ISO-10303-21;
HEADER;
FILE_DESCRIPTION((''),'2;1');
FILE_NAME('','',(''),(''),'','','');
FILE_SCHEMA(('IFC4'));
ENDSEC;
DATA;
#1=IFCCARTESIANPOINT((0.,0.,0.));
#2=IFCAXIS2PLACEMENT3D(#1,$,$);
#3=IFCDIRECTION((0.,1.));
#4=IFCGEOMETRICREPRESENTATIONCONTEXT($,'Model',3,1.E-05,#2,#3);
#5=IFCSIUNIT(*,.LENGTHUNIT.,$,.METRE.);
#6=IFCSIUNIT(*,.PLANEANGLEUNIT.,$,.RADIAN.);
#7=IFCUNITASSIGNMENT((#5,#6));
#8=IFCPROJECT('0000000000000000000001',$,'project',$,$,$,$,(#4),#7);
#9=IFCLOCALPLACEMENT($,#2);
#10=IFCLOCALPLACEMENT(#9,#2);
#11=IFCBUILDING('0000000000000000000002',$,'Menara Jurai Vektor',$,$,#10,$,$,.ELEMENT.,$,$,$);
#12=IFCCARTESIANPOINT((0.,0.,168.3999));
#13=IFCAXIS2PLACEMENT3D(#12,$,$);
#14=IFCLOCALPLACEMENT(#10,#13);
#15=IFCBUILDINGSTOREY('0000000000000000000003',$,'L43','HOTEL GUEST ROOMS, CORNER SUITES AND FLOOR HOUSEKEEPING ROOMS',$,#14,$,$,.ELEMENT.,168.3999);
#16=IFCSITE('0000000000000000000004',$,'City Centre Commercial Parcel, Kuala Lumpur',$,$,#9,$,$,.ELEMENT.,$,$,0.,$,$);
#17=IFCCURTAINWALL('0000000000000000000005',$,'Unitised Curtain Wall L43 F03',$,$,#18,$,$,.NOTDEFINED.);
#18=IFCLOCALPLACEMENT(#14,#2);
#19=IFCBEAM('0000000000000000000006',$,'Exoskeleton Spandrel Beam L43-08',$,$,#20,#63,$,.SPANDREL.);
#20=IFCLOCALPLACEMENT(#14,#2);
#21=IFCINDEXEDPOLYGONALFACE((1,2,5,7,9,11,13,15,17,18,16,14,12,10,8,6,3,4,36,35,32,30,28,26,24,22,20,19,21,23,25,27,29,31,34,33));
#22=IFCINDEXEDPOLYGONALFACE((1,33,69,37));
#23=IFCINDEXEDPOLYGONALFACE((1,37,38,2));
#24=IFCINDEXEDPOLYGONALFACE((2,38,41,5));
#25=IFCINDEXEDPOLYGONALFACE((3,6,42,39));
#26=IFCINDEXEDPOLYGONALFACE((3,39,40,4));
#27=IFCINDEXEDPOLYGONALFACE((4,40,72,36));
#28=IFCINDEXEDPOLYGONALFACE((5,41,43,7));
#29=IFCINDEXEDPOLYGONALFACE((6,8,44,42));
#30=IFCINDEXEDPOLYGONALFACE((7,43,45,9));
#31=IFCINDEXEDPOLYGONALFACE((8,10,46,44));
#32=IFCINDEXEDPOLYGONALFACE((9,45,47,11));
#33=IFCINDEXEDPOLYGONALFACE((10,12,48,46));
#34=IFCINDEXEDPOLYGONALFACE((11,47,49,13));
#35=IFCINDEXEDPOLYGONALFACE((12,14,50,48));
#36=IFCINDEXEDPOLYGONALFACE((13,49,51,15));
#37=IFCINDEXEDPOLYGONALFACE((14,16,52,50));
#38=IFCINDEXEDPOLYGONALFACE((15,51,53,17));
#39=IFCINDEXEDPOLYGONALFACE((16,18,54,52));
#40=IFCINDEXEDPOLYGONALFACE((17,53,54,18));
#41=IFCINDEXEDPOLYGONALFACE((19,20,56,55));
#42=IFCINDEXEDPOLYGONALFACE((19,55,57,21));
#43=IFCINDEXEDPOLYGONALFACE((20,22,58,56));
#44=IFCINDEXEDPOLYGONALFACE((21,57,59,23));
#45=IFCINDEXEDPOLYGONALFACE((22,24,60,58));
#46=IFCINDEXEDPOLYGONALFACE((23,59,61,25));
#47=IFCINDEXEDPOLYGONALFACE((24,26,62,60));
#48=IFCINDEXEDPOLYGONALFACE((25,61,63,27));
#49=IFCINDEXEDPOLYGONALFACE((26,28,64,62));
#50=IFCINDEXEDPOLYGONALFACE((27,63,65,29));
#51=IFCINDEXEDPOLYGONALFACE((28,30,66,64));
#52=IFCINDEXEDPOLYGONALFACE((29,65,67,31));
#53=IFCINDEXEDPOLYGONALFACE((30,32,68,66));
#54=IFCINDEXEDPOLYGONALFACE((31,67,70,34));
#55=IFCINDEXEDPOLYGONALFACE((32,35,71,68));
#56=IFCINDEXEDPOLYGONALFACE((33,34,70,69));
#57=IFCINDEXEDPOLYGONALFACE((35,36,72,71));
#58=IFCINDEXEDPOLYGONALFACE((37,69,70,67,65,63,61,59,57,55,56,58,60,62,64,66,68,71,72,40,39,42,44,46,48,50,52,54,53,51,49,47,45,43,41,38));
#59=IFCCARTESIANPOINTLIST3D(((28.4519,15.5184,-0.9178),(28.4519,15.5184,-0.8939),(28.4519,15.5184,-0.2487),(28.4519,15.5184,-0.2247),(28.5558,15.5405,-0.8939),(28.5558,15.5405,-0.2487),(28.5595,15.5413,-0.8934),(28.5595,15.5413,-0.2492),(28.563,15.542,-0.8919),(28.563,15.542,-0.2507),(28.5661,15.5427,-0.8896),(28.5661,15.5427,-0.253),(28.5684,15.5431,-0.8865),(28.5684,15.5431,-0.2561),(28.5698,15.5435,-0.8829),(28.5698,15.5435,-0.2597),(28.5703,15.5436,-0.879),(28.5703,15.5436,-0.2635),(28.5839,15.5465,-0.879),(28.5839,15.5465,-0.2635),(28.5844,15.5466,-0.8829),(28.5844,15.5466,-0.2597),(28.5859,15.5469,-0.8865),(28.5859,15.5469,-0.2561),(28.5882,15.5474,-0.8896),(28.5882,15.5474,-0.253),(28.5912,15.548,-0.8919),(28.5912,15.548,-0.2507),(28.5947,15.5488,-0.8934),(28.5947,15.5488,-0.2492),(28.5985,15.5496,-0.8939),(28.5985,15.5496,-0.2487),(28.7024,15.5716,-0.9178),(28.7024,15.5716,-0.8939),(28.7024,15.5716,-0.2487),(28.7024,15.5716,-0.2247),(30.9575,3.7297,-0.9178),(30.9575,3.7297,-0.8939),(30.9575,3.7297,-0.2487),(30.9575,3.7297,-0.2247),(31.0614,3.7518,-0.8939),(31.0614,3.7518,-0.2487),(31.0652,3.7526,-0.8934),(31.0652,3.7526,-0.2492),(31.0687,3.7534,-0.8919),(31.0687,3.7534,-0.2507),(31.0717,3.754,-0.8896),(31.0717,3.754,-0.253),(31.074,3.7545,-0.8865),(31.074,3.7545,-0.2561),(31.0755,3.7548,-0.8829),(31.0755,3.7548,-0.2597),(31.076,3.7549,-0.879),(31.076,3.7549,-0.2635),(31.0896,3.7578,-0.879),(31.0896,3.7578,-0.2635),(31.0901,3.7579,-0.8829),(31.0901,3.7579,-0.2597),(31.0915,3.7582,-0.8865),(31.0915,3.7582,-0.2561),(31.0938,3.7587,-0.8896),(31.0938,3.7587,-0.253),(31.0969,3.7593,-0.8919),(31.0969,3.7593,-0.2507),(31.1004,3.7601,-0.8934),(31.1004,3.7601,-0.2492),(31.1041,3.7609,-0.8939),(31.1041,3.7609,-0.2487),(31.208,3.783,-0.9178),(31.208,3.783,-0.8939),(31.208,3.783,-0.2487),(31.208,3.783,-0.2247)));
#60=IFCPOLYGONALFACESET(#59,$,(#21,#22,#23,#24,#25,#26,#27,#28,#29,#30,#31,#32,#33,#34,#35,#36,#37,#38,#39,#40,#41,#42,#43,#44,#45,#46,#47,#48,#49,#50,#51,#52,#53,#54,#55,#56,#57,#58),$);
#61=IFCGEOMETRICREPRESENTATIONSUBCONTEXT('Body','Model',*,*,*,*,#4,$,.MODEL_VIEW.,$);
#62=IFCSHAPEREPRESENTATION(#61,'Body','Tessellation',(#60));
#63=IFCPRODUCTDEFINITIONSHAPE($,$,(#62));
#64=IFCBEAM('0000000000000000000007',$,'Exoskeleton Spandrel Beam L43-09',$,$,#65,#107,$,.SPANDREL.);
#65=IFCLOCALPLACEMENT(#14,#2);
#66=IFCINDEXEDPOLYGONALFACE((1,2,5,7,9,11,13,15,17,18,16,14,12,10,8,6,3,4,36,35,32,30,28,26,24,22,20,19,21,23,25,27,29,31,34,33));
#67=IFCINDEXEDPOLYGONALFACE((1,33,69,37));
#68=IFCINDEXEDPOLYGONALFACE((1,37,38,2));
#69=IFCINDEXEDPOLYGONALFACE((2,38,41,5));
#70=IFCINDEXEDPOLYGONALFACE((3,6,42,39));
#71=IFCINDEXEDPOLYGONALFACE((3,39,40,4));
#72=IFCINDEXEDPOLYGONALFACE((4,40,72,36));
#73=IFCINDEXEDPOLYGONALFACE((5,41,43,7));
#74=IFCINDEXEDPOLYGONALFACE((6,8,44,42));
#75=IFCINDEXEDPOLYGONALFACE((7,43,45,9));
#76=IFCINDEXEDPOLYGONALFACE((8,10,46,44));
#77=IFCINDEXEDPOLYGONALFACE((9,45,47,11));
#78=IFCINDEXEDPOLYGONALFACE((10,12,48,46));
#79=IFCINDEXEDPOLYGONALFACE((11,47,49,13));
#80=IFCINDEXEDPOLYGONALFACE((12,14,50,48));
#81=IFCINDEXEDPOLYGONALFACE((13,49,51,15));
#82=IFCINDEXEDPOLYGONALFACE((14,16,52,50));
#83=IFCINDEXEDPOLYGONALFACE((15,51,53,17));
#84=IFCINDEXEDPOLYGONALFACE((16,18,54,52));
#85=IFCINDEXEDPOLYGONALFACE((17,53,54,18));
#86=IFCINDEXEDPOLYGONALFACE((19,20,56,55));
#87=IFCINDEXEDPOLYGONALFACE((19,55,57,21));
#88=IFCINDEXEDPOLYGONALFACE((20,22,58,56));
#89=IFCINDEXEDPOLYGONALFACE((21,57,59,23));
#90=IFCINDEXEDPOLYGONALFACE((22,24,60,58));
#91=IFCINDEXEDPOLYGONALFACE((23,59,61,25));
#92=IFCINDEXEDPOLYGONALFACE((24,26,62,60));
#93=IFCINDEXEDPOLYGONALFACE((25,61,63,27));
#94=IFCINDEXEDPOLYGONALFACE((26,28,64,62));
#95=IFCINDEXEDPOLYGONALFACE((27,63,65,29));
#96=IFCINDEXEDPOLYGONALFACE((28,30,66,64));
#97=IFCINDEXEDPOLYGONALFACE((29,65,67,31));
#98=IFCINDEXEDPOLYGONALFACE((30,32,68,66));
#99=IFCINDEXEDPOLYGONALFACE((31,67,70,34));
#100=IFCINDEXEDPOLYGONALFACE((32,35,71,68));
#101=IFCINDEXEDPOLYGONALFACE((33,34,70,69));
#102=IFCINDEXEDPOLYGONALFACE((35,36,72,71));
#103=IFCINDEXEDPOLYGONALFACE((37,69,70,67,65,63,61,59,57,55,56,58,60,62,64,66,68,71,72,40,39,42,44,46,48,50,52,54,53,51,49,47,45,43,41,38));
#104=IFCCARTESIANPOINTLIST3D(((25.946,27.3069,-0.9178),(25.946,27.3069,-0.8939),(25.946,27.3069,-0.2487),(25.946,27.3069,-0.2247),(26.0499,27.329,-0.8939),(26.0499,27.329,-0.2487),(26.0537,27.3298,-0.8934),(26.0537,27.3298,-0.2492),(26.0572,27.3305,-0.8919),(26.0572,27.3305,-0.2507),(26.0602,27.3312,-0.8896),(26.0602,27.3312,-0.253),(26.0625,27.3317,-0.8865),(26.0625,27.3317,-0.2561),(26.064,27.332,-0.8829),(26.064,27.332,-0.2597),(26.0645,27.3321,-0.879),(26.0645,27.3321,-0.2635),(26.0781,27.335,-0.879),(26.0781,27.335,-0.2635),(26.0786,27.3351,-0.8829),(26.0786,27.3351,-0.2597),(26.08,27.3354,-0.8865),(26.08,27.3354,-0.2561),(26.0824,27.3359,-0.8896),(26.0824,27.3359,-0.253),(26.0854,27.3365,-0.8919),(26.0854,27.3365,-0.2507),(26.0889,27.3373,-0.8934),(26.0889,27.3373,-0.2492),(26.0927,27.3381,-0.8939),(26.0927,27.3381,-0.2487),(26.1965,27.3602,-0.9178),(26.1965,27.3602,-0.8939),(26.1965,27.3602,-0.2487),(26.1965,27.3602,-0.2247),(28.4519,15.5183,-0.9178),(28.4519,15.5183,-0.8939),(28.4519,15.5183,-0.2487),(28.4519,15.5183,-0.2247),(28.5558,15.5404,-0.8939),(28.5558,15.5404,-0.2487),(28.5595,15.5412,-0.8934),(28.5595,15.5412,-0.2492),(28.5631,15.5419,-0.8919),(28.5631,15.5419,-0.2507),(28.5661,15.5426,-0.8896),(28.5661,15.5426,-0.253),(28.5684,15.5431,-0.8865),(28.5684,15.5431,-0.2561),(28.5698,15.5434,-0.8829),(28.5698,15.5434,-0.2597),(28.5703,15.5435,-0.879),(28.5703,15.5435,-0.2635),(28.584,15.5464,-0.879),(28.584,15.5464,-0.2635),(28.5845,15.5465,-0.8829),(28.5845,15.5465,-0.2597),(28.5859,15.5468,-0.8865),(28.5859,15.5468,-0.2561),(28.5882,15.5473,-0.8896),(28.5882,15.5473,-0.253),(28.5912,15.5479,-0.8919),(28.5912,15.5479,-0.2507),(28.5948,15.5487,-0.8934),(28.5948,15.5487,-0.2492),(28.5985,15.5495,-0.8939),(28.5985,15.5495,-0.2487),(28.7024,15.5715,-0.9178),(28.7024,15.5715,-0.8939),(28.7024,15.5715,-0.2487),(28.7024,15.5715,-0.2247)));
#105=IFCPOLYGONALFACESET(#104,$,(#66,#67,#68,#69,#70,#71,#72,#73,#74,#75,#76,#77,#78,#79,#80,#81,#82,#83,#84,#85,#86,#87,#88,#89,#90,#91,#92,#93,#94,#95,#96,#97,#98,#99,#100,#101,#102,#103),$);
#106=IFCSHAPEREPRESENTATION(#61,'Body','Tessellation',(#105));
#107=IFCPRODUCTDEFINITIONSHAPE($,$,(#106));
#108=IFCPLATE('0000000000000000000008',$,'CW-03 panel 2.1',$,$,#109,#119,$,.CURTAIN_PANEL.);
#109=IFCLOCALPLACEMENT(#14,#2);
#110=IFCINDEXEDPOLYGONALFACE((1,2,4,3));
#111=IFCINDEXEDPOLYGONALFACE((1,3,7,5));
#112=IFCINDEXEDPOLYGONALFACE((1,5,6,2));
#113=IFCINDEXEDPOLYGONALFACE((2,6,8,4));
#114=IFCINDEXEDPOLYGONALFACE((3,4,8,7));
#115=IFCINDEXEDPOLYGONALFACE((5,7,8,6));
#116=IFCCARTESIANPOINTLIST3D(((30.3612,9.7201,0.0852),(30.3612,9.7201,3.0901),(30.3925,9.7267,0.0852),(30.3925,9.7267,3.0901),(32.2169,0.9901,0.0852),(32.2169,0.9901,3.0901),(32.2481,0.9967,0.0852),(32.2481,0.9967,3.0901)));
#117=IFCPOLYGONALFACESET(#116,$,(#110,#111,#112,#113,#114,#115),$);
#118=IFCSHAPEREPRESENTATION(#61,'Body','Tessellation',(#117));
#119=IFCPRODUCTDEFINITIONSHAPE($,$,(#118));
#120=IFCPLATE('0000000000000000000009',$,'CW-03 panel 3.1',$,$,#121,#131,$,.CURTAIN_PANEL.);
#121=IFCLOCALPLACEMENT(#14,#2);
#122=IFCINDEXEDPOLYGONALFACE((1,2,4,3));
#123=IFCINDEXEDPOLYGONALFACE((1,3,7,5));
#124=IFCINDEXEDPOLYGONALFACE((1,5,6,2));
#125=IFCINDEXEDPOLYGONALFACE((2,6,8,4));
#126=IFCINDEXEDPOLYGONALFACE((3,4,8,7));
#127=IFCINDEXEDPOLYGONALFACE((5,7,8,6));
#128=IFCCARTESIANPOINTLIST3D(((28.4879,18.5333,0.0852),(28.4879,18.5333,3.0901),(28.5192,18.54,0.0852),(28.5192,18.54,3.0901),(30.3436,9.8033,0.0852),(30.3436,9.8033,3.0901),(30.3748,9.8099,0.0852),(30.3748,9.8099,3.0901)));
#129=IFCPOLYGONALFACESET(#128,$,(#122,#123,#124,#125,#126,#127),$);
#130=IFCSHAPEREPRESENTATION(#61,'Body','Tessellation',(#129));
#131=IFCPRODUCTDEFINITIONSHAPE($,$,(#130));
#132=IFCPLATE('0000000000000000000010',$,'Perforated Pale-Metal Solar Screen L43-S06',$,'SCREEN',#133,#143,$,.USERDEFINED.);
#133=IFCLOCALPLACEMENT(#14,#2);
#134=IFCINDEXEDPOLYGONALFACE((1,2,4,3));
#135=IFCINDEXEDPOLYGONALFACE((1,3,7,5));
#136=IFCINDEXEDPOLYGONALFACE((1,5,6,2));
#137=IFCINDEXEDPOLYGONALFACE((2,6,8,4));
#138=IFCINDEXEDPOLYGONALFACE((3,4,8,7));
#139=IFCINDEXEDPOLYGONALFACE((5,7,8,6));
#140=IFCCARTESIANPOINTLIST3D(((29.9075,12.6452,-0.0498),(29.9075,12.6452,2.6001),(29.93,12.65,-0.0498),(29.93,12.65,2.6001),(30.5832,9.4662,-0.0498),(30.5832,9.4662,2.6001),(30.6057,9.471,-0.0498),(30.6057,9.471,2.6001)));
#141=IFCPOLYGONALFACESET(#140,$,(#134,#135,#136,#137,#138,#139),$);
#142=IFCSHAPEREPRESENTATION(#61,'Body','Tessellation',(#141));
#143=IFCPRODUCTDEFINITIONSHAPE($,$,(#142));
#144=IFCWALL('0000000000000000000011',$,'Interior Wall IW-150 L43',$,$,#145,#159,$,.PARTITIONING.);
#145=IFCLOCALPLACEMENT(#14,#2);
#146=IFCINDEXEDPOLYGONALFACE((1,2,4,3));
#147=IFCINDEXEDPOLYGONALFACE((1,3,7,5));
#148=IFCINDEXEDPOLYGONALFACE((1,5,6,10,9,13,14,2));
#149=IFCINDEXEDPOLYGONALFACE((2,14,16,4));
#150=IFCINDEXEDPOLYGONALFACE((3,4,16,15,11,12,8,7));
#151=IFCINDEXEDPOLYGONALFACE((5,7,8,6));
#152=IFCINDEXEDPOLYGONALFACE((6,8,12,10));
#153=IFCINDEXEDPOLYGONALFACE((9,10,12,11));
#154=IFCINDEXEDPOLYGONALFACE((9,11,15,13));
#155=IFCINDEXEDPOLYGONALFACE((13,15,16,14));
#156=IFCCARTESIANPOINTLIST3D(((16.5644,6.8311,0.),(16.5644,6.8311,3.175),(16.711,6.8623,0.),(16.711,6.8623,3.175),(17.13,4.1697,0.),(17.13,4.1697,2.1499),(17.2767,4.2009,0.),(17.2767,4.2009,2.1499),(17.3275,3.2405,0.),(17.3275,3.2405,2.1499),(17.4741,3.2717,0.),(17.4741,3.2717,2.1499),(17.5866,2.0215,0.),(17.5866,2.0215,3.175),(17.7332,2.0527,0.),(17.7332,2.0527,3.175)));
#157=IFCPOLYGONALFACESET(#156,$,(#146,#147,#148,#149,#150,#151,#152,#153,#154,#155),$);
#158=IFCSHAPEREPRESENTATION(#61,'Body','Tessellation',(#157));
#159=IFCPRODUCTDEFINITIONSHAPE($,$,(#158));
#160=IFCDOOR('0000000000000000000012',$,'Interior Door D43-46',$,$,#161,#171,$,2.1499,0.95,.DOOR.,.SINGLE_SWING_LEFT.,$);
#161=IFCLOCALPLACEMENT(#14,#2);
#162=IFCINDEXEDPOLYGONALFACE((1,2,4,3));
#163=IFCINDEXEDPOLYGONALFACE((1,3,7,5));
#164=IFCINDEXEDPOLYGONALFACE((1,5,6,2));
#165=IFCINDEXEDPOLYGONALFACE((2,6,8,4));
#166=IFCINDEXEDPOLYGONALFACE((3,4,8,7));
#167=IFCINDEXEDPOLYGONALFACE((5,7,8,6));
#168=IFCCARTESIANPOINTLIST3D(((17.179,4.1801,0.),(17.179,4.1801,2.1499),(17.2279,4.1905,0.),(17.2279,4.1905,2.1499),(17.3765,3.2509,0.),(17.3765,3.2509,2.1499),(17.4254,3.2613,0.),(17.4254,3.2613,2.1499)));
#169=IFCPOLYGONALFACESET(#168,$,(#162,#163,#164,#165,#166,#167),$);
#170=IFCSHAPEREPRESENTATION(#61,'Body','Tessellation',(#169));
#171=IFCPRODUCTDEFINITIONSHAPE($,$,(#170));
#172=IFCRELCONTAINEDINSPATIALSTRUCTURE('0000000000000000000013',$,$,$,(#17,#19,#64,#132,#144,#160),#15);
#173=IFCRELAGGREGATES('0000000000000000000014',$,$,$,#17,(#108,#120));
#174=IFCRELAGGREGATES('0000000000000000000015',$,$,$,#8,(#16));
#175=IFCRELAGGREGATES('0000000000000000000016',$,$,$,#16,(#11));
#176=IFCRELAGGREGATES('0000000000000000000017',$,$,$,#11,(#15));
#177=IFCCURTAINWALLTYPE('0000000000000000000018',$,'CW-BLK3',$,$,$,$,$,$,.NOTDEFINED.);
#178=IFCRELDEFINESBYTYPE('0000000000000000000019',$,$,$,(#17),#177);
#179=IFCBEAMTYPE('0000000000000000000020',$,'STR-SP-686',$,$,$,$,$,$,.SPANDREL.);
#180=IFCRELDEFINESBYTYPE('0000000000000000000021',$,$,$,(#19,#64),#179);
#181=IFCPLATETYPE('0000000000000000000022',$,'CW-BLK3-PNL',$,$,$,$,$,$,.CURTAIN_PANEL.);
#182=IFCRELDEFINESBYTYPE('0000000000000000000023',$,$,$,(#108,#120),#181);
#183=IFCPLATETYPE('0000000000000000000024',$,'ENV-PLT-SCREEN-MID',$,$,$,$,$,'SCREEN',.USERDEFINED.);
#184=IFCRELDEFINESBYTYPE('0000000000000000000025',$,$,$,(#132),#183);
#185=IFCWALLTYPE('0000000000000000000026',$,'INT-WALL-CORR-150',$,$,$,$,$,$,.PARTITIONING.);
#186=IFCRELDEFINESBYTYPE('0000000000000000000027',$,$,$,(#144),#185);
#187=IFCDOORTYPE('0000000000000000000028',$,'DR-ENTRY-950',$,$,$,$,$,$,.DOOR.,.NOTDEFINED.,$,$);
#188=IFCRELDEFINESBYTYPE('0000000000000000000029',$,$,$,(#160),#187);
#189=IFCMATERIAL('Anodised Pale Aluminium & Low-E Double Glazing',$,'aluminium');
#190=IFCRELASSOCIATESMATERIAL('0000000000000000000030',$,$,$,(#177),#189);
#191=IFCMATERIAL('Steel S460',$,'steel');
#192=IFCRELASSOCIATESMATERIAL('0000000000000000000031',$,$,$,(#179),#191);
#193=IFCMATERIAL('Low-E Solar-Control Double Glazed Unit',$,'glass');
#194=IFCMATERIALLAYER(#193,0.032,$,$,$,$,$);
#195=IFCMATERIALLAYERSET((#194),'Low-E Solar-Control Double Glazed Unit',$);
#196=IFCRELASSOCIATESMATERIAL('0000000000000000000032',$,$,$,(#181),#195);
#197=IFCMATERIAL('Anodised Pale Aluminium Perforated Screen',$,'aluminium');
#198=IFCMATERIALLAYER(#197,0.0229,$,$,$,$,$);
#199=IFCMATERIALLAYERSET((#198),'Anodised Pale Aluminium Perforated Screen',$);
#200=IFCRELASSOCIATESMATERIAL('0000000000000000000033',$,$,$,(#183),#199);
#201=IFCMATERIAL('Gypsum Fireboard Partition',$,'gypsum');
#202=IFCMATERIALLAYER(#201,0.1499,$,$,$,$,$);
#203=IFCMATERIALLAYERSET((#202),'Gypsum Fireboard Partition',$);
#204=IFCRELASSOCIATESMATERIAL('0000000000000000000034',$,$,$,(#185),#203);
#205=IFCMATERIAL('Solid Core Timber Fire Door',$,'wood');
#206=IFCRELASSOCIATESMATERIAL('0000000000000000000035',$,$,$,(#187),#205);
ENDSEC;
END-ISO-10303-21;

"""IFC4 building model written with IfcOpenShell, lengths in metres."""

from ifc_helpers import new_model, si_unit, direction, frame, frame_2d, origin, origin_2d, place, context, subcontext, project, spatial, rectangle, i_section, extrude, material, layer, layer_set, material_profile, profile_set, type_object, element, fill, aggregate, save


model = new_model("IFC4")

# Units and contexts
model_context = context("Model", 3, precision=1e-05, world=origin(), true_north=direction((0.0, 1.0)))
body_context = subcontext(model_context, "Body", "Model", "MODEL_VIEW")
ifc_project = project(units=[si_unit("LENGTHUNIT", "METRE"), si_unit("PLANEANGLEUNIT", "RADIAN")], contexts=[model_context])

# Site, building, storey
site_placement = place(None, origin())
site = spatial("IfcSite", under=ifc_project, at=site_placement, Name="City Centre Commercial Parcel, Kuala Lumpur", CompositionType="ELEMENT", RefElevation=0.0)
building_placement = place(site_placement, origin())
building = spatial("IfcBuilding", under=site, at=building_placement, Name="Menara Jurai Vektor", CompositionType="ELEMENT")
storey_placement = place(building_placement, frame((0.0, 0.0, 168.3999)))
storey = spatial("IfcBuildingStorey", under=building, at=storey_placement, Name="L43", Description="HOTEL GUEST ROOMS, CORNER SUITES AND FLOOR HOUSEKEEPING ROOMS", CompositionType="ELEMENT", Elevation=168.3999)

# Shared definitions
ifc_material_1 = material(Name="Steel S460", Category="steel")

# Curtain wall
ifc_material_2 = material(Name="Anodised Pale Aluminium & Low-E Double Glazing", Category="aluminium")
curtain_wall_type = type_object("IfcCurtainWallType", Name="CW-BLK3", PredefinedType="NOTDEFINED", material=ifc_material_2)
curtain_wall_placement = place(storey_placement, origin())
curtain_wall = element("IfcCurtainWall", 1, at=curtain_wall_placement, inside=storey, type_object=curtain_wall_type, Name="Unitised Curtain Wall L43 F03", PredefinedType="NOTDEFINED")

# Beams
ifc_material_profile_1 = material_profile(ifc_material_1, i_section(OverallWidth=0.2561, OverallDepth=0.6931, WebThickness=0.0139, FlangeThickness=0.0239, FilletRadius=0.0149, at=origin_2d()), Name="UKB 686x254x170")
ifc_profile_set_1 = profile_set([ifc_material_profile_1], Name="Steel S460")
beam_type_1 = type_object("IfcBeamType", Name="STR-SP-686", PredefinedType="SPANDREL", material=ifc_profile_set_1)
for number, where, z_axis, x_axis, name in (
    (2, (31.0828, 3.7563, -0.5713), (-0.207902, 0.97815, 0.0), (-0.97815, -0.207902, 0.0), "Exoskeleton Spandrel Beam L43-08"),
    (3, (28.5771, 15.5449, -0.5713), (-0.207921, 0.978146, 0.0), (-0.978146, -0.207921, 0.0), "Exoskeleton Spandrel Beam L43-09"),
):
    element("IfcBeam", number, at=place(storey_placement, frame(where, z_axis=z_axis, x_axis=x_axis)), inside=storey, type_object=beam_type_1, Name=name, PredefinedType="SPANDREL", context=body_context, shape_type="SweptSolid", body=[
        extrude(i_section(OverallWidth=0.2561, OverallDepth=0.6931, WebThickness=0.0139, FlangeThickness=0.0239, FilletRadius=0.0149, at=origin_2d()), origin(), (0.0, 0.0, 1.0), 12.052),
    ])

# Plates
ifc_material_3 = material(Name="Low-E Solar-Control Double Glazed Unit", Category="glass")
ifc_layer_1 = layer(ifc_material_3, 0.032)
ifc_layer_set_1 = layer_set([ifc_layer_1], Name="Low-E Solar-Control Double Glazed Unit")
plate_type_1 = type_object("IfcPlateType", Name="CW-BLK3-PNL", PredefinedType="CURTAIN_PANEL", material=ifc_layer_set_1)
plate_1_placement = place(storey_placement, frame((31.3047, 5.3584, 0.0852), z_axis=(0.0, 0.0, 1.0), x_axis=(-0.20791, 0.978148, 0.0)))
plate_1 = element("IfcPlate", 4, at=plate_1_placement, type_object=plate_type_1, Name="CW-03 panel 2.1", PredefinedType="CURTAIN_PANEL", context=body_context, shape_type="SweptSolid", body=[
    extrude(rectangle(XDim=8.925, YDim=0.032, at=origin_2d()), origin(), (0.0, 0.0, 1.0), 3.0049),
])
plate_2_placement = place(storey_placement, frame((29.4314, 14.1716, 0.0852), z_axis=(0.0, 0.0, 1.0), x_axis=(-0.20791, 0.978148, 0.0)))
plate_2 = element("IfcPlate", 5, at=plate_2_placement, type_object=plate_type_1, Name="CW-03 panel 3.1", PredefinedType="CURTAIN_PANEL", context=body_context, shape_type="SweptSolid", body=[
    extrude(rectangle(XDim=8.925, YDim=0.032, at=origin_2d()), origin(), (0.0, 0.0, 1.0), 3.0049),
])
aggregate(curtain_wall, [plate_1, plate_2])
ifc_material_4 = material(Name="Anodised Pale Aluminium Perforated Screen", Category="aluminium")
ifc_layer_2 = layer(ifc_material_4, 0.0229)
ifc_layer_set_2 = layer_set([ifc_layer_2], Name="Anodised Pale Aluminium Perforated Screen")
plate_type_2 = type_object("IfcPlateType", Name="ENV-PLT-SCREEN-MID", ElementType="SCREEN", PredefinedType="USERDEFINED", material=ifc_layer_set_2)
plate_3_placement = place(storey_placement, frame((30.2566, 11.0581, -0.0498), z_axis=(0.0, 0.0, 1.0), x_axis=(-0.207912, 0.978148, 0.0)))
element("IfcPlate", 6, at=plate_3_placement, inside=storey, type_object=plate_type_2, Name="Perforated Pale-Metal Solar Screen L43-S06", ObjectType="SCREEN", PredefinedType="USERDEFINED", context=body_context, shape_type="SweptSolid", body=[
    extrude(rectangle(XDim=3.25, YDim=0.0229, at=origin_2d()), origin(), (0.0, 0.0, 1.0), 2.6499),
])

# Wall, opening, door
ifc_material_5 = material(Name="Gypsum Fireboard Partition", Category="gypsum")
ifc_layer_3 = layer(ifc_material_5, 0.1499)
ifc_layer_set_3 = layer_set([ifc_layer_3], Name="Gypsum Fireboard Partition")
wall_type_1 = type_object("IfcWallType", Name="INT-WALL-CORR-150", PredefinedType="PARTITIONING", material=ifc_layer_set_3)
wall_1_placement = place(storey_placement, frame((17.6599, 2.0371, 0.0), z_axis=(0.0, 0.0, 1.0), x_axis=(-0.207894, 0.978151, 0.0)))
wall_1 = element("IfcWall", 7, at=wall_1_placement, inside=storey, type_object=wall_type_1, Name="Interior Wall IW-150 L43", PredefinedType="PARTITIONING", context=body_context, shape_type="SweptSolid", body=[
    extrude(rectangle(XDim=4.917, YDim=0.1499, at=frame_2d((2.4585, 0.0))), origin(), (0.0, 0.0, 1.0), 3.175),
])
opening_1_placement = place(wall_1_placement, frame((1.2461, 0.0, 0.0)))
opening_1 = element("IfcOpeningElement", 8, at=opening_1_placement, cuts=wall_1, PredefinedType="OPENING", context=body_context, shape_type="SweptSolid", body=[
    extrude(rectangle(XDim=0.95, YDim=2.1499, at=frame_2d((0.4751, 1.075))), frame((0.0, 0.085, 0.0), z_axis=(0.0, -1.0, 0.0), x_axis=(1.0, 0.0, 0.0)), (0.0, 0.0, 1.0), 0.1699),
])
ifc_material_6 = material(Name="Solid Core Timber Fire Door", Category="wood")
door_type_1 = type_object("IfcDoorType", Name="DR-ENTRY-950", OperationType="NOTDEFINED", PredefinedType="DOOR", material=ifc_material_6)
door_1_placement = place(opening_1_placement, origin())
door_1 = element("IfcDoor", 9, at=door_1_placement, inside=storey, type_object=door_type_1, Name="Interior Door D43-46", OperationType="SINGLE_SWING_LEFT", OverallHeight=2.1499, OverallWidth=0.95, PredefinedType="DOOR", context=body_context, shape_type="SweptSolid", body=[
    extrude(rectangle(XDim=0.95, YDim=2.1499, at=frame_2d((0.4751, 1.075))), frame((0.0, 0.0249, 0.0), z_axis=(0.0, -1.0, 0.0), x_axis=(1.0, 0.0, 0.0)), (0.0, 0.0, 1.0), 0.05),
])
fill(opening_1, door_1)

save(model, "model.ifc")
